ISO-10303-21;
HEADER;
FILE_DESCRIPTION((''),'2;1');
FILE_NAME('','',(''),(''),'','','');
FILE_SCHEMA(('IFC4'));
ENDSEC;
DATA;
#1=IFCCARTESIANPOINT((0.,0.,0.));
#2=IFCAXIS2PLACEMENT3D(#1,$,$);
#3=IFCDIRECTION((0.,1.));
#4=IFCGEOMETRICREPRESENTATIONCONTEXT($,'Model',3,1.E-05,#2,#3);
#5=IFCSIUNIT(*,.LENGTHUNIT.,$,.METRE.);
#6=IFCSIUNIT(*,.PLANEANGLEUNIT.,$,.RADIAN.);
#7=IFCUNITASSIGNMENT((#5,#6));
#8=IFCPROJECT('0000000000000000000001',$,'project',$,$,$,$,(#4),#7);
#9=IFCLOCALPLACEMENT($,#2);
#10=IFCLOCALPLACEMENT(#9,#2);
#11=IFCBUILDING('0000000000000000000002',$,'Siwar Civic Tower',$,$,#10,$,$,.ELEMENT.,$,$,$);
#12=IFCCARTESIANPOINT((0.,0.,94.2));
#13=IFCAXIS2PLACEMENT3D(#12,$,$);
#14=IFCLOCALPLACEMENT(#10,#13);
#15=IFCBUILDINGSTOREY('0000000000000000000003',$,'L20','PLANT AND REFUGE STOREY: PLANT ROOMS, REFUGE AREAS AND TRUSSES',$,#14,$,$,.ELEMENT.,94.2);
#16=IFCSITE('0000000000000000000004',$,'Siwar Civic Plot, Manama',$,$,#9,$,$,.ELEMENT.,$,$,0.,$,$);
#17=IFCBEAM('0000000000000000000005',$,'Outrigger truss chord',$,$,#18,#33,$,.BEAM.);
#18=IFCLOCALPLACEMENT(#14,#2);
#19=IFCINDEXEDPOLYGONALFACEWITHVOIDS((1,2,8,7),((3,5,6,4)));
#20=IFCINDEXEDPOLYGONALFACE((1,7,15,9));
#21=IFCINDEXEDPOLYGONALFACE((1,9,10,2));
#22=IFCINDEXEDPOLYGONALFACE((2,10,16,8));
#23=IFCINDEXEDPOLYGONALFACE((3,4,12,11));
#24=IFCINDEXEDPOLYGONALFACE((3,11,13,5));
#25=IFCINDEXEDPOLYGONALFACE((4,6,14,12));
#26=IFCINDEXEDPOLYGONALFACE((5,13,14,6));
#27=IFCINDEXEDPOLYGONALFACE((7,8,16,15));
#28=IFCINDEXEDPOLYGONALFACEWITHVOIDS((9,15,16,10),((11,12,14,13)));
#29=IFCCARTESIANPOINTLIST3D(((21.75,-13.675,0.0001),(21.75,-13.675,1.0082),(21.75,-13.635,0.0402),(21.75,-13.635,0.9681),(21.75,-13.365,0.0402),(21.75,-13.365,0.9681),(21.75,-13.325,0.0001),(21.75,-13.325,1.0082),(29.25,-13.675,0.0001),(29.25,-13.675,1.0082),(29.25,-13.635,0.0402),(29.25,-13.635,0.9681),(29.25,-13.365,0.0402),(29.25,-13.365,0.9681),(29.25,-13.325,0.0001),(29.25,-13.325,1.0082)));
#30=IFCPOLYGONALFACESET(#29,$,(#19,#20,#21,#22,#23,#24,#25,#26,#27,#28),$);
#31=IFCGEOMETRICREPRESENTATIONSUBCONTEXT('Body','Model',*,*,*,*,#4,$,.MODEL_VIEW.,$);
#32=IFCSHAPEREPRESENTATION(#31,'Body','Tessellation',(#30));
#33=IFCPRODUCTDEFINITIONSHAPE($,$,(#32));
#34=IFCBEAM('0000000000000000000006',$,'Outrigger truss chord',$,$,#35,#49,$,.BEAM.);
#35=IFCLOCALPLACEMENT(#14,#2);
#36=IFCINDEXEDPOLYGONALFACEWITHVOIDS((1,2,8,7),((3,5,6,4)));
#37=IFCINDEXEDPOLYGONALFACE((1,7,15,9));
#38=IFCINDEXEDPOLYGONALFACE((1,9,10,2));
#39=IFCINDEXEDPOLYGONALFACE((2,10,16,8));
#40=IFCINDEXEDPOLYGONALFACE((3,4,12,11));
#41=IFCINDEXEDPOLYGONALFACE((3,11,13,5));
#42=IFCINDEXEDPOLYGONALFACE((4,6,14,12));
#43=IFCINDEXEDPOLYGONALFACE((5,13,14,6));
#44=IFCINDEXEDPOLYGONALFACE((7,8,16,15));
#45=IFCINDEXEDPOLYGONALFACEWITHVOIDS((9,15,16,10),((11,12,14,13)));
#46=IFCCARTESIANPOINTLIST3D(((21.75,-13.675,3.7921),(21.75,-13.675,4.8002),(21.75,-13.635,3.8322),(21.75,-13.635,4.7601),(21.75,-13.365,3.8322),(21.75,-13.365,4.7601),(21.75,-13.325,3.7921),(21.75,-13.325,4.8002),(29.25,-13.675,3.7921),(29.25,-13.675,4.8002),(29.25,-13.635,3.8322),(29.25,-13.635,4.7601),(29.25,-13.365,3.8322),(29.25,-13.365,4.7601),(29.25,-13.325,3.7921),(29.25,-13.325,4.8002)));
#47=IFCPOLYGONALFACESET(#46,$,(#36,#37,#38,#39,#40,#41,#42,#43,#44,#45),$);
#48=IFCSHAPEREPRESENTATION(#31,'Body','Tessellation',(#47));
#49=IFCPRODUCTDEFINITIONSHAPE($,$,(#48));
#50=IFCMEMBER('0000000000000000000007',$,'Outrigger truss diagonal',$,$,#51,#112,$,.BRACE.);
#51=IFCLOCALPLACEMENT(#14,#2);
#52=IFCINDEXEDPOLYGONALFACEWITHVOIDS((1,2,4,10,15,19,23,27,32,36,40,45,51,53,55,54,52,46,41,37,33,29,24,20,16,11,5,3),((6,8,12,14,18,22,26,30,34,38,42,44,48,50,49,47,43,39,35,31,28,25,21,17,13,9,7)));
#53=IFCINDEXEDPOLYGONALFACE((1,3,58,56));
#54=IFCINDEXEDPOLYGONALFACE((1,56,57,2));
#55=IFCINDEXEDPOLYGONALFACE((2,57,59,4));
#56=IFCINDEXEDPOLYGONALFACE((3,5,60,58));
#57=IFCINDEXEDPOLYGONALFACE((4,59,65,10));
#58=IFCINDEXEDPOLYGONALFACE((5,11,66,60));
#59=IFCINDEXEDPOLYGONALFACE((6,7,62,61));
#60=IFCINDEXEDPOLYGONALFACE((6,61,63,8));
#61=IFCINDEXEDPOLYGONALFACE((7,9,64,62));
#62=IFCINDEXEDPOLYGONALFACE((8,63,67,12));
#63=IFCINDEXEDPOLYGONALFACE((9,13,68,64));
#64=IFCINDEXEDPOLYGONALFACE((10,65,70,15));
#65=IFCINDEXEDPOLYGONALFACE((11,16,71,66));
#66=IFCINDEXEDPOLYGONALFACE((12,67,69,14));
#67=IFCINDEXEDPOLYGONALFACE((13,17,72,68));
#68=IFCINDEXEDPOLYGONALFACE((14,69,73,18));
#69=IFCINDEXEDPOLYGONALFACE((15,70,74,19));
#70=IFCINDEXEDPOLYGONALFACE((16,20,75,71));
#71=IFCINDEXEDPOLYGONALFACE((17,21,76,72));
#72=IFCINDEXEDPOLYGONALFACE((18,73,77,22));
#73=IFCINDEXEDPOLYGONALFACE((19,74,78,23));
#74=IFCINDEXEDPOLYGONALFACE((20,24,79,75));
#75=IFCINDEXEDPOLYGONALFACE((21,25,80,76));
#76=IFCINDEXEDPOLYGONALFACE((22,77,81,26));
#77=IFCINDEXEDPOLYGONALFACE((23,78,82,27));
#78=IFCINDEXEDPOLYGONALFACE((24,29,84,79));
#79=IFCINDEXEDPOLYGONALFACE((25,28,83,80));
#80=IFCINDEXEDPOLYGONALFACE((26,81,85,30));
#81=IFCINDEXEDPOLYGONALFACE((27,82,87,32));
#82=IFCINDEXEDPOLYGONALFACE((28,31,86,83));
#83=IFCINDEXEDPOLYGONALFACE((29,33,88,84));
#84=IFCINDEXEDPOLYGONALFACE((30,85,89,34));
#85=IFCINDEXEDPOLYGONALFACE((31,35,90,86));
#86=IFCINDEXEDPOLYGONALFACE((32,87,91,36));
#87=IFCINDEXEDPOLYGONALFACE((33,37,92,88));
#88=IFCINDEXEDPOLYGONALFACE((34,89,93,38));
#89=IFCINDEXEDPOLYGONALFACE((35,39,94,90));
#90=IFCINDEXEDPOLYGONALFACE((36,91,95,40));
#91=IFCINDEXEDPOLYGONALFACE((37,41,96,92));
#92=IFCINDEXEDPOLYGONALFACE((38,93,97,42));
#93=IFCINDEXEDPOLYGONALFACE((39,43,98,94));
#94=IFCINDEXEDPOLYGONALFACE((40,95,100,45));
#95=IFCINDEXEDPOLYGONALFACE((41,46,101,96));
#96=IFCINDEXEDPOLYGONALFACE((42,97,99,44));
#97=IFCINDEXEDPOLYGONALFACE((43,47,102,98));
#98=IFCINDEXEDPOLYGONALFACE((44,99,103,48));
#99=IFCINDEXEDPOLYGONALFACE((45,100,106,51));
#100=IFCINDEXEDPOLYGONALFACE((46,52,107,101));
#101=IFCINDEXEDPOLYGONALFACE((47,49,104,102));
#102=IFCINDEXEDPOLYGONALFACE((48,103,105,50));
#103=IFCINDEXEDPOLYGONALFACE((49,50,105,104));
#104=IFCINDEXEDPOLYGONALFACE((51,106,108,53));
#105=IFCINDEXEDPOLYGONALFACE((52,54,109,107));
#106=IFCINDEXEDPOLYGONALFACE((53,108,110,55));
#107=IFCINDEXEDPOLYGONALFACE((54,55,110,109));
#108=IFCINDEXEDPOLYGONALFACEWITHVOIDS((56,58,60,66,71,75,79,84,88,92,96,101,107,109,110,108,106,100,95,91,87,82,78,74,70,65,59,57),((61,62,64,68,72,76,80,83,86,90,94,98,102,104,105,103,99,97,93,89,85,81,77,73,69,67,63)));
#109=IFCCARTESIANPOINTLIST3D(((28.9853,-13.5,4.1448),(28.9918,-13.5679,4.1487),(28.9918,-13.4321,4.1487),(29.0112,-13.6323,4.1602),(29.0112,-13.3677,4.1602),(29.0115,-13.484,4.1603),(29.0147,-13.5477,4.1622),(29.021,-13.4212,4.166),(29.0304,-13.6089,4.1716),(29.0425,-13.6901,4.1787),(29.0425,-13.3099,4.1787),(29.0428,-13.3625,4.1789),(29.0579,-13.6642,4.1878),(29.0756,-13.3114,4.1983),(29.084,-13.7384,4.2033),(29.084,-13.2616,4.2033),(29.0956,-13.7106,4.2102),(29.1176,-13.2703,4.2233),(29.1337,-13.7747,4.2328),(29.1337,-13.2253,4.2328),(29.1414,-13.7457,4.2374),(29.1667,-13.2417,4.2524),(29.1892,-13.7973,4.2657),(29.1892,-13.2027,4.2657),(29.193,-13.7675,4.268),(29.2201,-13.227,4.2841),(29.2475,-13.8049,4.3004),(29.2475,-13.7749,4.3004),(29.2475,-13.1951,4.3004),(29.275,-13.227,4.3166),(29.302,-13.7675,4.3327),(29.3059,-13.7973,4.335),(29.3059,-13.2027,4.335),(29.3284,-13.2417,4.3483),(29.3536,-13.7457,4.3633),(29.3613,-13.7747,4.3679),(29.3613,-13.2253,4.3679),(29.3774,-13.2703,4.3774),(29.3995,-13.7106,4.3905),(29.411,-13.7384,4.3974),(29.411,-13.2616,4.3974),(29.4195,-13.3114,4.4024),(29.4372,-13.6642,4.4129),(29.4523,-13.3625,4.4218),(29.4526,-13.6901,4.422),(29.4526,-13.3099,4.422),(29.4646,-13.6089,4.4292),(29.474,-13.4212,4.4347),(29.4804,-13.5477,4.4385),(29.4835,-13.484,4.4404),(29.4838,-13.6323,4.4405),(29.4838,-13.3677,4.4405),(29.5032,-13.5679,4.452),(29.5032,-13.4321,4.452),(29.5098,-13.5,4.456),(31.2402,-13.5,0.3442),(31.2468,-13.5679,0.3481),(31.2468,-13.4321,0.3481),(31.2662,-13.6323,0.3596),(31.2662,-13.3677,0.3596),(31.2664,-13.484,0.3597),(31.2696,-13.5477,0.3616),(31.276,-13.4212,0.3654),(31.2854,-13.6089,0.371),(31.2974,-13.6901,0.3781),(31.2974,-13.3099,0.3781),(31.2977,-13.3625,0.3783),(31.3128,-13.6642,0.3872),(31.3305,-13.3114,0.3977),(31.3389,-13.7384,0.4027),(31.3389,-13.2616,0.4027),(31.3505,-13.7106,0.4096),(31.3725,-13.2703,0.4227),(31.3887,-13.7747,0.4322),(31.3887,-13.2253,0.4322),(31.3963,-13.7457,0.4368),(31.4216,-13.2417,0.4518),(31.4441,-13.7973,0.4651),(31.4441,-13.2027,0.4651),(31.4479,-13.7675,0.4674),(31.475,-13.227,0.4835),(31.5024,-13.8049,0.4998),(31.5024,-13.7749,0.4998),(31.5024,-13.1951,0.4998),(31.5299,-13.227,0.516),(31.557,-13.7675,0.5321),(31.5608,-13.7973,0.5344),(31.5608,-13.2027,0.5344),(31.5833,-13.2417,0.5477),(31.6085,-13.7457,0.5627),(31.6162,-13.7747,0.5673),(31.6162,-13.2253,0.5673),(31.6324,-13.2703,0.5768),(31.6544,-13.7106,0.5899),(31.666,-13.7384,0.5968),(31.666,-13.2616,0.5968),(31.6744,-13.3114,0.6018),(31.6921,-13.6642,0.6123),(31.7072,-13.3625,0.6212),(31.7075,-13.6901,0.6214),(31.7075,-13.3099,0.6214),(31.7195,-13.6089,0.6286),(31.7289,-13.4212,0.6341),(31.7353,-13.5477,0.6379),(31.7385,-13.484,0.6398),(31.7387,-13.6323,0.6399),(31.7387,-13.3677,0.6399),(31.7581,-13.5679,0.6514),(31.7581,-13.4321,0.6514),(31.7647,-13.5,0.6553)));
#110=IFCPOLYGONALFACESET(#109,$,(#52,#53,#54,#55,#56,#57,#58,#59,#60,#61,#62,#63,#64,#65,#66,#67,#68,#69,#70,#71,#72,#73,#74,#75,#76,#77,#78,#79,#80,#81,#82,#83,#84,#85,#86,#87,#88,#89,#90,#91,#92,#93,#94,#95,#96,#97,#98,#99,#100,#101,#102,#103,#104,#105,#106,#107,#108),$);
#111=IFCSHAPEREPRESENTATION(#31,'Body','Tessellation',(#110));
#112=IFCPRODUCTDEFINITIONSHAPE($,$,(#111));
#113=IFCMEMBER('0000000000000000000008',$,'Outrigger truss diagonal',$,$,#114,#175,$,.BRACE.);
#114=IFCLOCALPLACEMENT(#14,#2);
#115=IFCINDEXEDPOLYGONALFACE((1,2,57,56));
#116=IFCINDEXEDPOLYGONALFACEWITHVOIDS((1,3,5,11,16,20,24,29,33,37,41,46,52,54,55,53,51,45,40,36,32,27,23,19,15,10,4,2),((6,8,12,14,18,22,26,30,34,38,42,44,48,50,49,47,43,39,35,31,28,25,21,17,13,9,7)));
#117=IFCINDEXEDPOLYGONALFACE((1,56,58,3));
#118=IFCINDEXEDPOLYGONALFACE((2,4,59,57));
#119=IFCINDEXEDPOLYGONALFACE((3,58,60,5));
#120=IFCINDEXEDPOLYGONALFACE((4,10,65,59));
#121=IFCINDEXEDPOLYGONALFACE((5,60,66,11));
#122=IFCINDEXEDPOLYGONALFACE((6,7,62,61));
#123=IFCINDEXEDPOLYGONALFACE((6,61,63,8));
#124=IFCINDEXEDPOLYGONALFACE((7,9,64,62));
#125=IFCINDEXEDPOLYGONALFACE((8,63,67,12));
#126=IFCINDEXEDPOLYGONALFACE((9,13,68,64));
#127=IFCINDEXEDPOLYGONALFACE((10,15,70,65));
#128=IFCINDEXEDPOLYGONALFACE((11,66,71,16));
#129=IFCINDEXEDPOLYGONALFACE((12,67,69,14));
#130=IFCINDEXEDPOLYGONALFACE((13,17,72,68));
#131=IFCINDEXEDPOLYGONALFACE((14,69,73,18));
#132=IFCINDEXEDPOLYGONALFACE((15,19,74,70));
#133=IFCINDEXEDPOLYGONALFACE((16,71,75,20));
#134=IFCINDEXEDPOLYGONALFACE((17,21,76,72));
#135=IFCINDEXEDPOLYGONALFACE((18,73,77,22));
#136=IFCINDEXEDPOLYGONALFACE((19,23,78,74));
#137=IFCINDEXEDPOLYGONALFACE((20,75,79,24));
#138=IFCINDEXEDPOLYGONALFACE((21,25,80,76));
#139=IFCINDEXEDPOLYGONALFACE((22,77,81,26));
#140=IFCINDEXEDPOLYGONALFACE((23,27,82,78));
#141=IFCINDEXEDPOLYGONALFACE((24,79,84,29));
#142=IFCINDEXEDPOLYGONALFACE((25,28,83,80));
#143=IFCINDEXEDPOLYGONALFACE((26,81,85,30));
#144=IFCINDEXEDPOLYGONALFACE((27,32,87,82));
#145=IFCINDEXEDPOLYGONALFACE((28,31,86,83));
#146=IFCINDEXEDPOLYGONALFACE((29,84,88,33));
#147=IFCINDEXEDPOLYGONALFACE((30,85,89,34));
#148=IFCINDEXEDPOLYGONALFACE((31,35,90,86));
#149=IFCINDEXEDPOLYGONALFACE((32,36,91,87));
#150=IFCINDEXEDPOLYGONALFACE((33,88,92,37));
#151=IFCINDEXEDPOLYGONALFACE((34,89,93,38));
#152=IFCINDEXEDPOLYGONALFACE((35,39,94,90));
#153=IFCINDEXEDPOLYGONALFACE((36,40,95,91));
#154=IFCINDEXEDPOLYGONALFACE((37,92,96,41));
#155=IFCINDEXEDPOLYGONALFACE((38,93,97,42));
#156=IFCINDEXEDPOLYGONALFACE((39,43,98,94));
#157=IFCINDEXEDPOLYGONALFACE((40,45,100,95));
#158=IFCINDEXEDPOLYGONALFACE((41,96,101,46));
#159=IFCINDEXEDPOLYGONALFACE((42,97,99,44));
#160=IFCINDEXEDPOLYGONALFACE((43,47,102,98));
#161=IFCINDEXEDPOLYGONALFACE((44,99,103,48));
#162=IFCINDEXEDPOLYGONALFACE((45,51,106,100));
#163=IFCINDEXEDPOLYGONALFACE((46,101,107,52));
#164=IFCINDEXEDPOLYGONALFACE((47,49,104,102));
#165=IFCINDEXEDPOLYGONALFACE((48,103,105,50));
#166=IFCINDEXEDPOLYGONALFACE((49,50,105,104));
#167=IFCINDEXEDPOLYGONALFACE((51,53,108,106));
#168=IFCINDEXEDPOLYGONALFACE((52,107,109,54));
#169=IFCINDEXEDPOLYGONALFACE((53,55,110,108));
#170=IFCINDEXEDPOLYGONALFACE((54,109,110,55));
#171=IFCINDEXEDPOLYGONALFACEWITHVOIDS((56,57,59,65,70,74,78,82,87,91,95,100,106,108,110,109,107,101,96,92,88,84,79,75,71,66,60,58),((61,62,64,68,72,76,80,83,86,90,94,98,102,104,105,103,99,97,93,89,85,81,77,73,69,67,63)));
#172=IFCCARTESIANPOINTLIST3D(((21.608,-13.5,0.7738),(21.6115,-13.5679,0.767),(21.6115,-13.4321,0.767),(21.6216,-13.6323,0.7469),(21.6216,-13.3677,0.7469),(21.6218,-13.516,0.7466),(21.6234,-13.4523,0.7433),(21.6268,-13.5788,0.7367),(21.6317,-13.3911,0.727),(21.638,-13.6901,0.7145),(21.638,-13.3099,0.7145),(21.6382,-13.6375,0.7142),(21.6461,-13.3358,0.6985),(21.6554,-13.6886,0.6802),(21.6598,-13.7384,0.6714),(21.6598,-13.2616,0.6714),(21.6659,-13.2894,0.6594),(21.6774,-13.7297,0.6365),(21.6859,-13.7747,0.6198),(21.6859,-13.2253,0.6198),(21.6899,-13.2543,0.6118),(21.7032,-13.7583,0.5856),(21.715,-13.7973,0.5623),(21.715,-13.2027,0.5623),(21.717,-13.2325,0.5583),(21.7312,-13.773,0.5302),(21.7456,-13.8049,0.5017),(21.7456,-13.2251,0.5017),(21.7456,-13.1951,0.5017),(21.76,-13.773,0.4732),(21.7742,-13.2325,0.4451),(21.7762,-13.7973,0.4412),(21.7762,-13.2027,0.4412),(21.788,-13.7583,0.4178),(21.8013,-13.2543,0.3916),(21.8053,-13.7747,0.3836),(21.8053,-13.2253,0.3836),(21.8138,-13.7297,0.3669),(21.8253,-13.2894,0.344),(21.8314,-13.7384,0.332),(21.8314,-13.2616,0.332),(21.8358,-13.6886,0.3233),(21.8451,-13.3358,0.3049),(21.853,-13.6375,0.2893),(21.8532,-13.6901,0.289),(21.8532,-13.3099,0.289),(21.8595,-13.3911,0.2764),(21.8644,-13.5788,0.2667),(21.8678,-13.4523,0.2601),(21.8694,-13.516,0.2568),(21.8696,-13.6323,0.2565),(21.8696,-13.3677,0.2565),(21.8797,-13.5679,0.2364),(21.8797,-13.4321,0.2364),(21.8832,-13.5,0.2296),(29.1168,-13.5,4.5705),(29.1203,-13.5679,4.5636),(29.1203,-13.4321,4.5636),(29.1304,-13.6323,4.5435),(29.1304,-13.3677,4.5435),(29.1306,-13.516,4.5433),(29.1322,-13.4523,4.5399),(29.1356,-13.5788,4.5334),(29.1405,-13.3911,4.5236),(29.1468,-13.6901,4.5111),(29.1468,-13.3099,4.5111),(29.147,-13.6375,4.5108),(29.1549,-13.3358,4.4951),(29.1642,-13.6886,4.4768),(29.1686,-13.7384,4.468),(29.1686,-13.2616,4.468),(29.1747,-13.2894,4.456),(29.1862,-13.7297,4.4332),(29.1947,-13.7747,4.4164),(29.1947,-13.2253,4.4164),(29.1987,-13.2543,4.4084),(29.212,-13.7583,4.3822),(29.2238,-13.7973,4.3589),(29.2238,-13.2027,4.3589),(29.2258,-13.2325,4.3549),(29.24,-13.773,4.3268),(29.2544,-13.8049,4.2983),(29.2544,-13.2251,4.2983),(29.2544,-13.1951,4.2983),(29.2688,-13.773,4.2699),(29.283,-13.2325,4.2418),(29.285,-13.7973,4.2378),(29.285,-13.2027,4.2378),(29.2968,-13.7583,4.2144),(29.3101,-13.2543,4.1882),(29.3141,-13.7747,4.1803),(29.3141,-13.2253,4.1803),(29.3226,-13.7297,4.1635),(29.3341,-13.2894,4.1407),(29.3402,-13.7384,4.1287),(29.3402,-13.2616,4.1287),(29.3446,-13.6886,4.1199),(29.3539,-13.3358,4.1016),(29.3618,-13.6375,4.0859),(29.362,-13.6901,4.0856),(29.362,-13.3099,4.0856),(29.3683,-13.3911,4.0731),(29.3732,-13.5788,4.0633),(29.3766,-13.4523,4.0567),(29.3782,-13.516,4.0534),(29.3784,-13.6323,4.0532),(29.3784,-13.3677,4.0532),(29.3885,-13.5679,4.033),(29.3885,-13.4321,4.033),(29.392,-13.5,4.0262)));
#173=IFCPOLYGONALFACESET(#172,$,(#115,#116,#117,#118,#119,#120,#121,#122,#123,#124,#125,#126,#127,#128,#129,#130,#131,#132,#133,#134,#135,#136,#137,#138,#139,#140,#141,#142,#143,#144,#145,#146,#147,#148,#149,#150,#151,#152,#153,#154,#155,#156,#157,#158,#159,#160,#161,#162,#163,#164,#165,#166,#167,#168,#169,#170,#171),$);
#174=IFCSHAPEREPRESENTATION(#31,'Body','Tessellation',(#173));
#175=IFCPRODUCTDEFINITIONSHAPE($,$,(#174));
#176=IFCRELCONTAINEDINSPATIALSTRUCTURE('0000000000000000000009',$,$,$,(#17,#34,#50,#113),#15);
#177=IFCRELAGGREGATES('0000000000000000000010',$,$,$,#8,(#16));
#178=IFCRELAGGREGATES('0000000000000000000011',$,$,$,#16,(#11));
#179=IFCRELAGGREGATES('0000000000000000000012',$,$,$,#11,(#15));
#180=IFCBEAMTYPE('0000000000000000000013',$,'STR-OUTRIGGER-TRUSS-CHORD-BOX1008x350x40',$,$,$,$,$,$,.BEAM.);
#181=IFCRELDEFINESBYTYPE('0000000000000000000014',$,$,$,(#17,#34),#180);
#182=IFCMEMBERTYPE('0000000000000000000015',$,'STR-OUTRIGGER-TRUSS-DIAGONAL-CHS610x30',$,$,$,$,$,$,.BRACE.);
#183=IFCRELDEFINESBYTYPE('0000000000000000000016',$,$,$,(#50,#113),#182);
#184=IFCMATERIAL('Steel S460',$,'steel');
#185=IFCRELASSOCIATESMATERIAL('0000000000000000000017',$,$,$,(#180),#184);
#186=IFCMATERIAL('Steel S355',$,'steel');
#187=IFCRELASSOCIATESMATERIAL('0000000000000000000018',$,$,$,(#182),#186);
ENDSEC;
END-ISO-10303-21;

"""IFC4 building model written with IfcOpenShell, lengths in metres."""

from ifc_helpers import new_model, si_unit, direction, frame, origin, origin_2d, place, context, subcontext, project, spatial, hollow_rectangle, hollow_circle, extrude, material, material_profile, profile_set, type_object, element, save


model = new_model("IFC4")

# Units and contexts
model_context = context("Model", 3, precision=1e-05, world=origin(), true_north=direction((0.0, 1.0)))
body_context = subcontext(model_context, "Body", "Model", "MODEL_VIEW")
ifc_project = project(units=[si_unit("LENGTHUNIT", "METRE"), si_unit("PLANEANGLEUNIT", "RADIAN")], contexts=[model_context])

# Site, building, storey
site_placement = place(None, origin())
site = spatial("IfcSite", under=ifc_project, at=site_placement, Name="Siwar Civic Plot, Manama", CompositionType="ELEMENT", RefElevation=0.0)
building_placement = place(site_placement, origin())
building = spatial("IfcBuilding", under=site, at=building_placement, Name="Siwar Civic Tower", CompositionType="ELEMENT")
storey_placement = place(building_placement, frame((0.0, 0.0, 94.2)))
storey = spatial("IfcBuildingStorey", under=building, at=storey_placement, Name="L20", Description="PLANT AND REFUGE STOREY: PLANT ROOMS, REFUGE AREAS AND TRUSSES", CompositionType="ELEMENT", Elevation=94.2)

# Beams
ifc_material_1 = material(Name="Steel S460", Category="steel")
ifc_material_profile_1 = material_profile(ifc_material_1, hollow_rectangle(XDim=0.3501, YDim=1.0081, WallThickness=0.04, at=origin_2d()), Name="BOX1008x350x40")
ifc_profile_set_1 = profile_set([ifc_material_profile_1], Name="Steel S460")
beam_type_1 = type_object("IfcBeamType", Name="STR-OUTRIGGER-TRUSS-CHORD-BOX1008x350x40", PredefinedType="BEAM", material=ifc_profile_set_1)
for number, where, z_axis, x_axis, name in (
    (1, (29.25, -13.5, 0.5042), (-1.0, 0.0, 0.0), (0.0, -1.0, 0.0), "Outrigger truss chord"),
    (2, (29.25, -13.5, 4.2961), (-1.0, 0.0, 0.0), (0.0, -1.0, 0.0), "Outrigger truss chord"),
):
    element("IfcBeam", number, at=place(storey_placement, frame(where, z_axis=z_axis, x_axis=x_axis)), inside=storey, type_object=beam_type_1, Name=name, PredefinedType="BEAM", context=body_context, shape_type="SweptSolid", body=[
        extrude(hollow_rectangle(XDim=0.3501, YDim=1.0081, WallThickness=0.04, at=origin_2d()), origin(), (0.0, 0.0, 1.0), 7.5),
    ])

# Members
ifc_material_2 = material(Name="Steel S355", Category="steel")
ifc_material_profile_2 = material_profile(ifc_material_2, hollow_circle(Radius=0.3049, WallThickness=0.03, at=origin_2d()), Name="CHS610x30")
ifc_profile_set_2 = profile_set([ifc_material_profile_2], Name="Steel S355")
member_type_1 = type_object("IfcMemberType", Name="STR-OUTRIGGER-TRUSS-DIAGONAL-CHS610x30", PredefinedType="BRACE", material=ifc_profile_set_2)
member_1_placement = place(storey_placement, frame((31.5024, -13.5, 0.4998), z_axis=(-0.510257, 0.0, 0.860022), x_axis=(0.0, -1.0, 0.0)))
element("IfcMember", 3, at=member_1_placement, inside=storey, type_object=member_type_1, Name="Outrigger truss diagonal", PredefinedType="BRACE", context=body_context, shape_type="SweptSolid", body=[
    extrude(hollow_circle(Radius=0.3049, WallThickness=0.03, at=origin_2d()), origin(), (0.0, 0.0, 1.0), 4.4192),
])
member_2_placement = place(storey_placement, frame((21.7456, -13.5, 0.5017), z_axis=(0.89241, 0.0, 0.451225), x_axis=(0.0, 1.0, 0.0)))
element("IfcMember", 4, at=member_2_placement, inside=storey, type_object=member_type_1, Name="Outrigger truss diagonal", PredefinedType="BRACE", context=body_context, shape_type="SweptSolid", body=[
    extrude(hollow_circle(Radius=0.3049, WallThickness=0.03, at=origin_2d()), origin(), (0.0, 0.0, 1.0), 8.4141),
])

save(model, "model.ifc")
